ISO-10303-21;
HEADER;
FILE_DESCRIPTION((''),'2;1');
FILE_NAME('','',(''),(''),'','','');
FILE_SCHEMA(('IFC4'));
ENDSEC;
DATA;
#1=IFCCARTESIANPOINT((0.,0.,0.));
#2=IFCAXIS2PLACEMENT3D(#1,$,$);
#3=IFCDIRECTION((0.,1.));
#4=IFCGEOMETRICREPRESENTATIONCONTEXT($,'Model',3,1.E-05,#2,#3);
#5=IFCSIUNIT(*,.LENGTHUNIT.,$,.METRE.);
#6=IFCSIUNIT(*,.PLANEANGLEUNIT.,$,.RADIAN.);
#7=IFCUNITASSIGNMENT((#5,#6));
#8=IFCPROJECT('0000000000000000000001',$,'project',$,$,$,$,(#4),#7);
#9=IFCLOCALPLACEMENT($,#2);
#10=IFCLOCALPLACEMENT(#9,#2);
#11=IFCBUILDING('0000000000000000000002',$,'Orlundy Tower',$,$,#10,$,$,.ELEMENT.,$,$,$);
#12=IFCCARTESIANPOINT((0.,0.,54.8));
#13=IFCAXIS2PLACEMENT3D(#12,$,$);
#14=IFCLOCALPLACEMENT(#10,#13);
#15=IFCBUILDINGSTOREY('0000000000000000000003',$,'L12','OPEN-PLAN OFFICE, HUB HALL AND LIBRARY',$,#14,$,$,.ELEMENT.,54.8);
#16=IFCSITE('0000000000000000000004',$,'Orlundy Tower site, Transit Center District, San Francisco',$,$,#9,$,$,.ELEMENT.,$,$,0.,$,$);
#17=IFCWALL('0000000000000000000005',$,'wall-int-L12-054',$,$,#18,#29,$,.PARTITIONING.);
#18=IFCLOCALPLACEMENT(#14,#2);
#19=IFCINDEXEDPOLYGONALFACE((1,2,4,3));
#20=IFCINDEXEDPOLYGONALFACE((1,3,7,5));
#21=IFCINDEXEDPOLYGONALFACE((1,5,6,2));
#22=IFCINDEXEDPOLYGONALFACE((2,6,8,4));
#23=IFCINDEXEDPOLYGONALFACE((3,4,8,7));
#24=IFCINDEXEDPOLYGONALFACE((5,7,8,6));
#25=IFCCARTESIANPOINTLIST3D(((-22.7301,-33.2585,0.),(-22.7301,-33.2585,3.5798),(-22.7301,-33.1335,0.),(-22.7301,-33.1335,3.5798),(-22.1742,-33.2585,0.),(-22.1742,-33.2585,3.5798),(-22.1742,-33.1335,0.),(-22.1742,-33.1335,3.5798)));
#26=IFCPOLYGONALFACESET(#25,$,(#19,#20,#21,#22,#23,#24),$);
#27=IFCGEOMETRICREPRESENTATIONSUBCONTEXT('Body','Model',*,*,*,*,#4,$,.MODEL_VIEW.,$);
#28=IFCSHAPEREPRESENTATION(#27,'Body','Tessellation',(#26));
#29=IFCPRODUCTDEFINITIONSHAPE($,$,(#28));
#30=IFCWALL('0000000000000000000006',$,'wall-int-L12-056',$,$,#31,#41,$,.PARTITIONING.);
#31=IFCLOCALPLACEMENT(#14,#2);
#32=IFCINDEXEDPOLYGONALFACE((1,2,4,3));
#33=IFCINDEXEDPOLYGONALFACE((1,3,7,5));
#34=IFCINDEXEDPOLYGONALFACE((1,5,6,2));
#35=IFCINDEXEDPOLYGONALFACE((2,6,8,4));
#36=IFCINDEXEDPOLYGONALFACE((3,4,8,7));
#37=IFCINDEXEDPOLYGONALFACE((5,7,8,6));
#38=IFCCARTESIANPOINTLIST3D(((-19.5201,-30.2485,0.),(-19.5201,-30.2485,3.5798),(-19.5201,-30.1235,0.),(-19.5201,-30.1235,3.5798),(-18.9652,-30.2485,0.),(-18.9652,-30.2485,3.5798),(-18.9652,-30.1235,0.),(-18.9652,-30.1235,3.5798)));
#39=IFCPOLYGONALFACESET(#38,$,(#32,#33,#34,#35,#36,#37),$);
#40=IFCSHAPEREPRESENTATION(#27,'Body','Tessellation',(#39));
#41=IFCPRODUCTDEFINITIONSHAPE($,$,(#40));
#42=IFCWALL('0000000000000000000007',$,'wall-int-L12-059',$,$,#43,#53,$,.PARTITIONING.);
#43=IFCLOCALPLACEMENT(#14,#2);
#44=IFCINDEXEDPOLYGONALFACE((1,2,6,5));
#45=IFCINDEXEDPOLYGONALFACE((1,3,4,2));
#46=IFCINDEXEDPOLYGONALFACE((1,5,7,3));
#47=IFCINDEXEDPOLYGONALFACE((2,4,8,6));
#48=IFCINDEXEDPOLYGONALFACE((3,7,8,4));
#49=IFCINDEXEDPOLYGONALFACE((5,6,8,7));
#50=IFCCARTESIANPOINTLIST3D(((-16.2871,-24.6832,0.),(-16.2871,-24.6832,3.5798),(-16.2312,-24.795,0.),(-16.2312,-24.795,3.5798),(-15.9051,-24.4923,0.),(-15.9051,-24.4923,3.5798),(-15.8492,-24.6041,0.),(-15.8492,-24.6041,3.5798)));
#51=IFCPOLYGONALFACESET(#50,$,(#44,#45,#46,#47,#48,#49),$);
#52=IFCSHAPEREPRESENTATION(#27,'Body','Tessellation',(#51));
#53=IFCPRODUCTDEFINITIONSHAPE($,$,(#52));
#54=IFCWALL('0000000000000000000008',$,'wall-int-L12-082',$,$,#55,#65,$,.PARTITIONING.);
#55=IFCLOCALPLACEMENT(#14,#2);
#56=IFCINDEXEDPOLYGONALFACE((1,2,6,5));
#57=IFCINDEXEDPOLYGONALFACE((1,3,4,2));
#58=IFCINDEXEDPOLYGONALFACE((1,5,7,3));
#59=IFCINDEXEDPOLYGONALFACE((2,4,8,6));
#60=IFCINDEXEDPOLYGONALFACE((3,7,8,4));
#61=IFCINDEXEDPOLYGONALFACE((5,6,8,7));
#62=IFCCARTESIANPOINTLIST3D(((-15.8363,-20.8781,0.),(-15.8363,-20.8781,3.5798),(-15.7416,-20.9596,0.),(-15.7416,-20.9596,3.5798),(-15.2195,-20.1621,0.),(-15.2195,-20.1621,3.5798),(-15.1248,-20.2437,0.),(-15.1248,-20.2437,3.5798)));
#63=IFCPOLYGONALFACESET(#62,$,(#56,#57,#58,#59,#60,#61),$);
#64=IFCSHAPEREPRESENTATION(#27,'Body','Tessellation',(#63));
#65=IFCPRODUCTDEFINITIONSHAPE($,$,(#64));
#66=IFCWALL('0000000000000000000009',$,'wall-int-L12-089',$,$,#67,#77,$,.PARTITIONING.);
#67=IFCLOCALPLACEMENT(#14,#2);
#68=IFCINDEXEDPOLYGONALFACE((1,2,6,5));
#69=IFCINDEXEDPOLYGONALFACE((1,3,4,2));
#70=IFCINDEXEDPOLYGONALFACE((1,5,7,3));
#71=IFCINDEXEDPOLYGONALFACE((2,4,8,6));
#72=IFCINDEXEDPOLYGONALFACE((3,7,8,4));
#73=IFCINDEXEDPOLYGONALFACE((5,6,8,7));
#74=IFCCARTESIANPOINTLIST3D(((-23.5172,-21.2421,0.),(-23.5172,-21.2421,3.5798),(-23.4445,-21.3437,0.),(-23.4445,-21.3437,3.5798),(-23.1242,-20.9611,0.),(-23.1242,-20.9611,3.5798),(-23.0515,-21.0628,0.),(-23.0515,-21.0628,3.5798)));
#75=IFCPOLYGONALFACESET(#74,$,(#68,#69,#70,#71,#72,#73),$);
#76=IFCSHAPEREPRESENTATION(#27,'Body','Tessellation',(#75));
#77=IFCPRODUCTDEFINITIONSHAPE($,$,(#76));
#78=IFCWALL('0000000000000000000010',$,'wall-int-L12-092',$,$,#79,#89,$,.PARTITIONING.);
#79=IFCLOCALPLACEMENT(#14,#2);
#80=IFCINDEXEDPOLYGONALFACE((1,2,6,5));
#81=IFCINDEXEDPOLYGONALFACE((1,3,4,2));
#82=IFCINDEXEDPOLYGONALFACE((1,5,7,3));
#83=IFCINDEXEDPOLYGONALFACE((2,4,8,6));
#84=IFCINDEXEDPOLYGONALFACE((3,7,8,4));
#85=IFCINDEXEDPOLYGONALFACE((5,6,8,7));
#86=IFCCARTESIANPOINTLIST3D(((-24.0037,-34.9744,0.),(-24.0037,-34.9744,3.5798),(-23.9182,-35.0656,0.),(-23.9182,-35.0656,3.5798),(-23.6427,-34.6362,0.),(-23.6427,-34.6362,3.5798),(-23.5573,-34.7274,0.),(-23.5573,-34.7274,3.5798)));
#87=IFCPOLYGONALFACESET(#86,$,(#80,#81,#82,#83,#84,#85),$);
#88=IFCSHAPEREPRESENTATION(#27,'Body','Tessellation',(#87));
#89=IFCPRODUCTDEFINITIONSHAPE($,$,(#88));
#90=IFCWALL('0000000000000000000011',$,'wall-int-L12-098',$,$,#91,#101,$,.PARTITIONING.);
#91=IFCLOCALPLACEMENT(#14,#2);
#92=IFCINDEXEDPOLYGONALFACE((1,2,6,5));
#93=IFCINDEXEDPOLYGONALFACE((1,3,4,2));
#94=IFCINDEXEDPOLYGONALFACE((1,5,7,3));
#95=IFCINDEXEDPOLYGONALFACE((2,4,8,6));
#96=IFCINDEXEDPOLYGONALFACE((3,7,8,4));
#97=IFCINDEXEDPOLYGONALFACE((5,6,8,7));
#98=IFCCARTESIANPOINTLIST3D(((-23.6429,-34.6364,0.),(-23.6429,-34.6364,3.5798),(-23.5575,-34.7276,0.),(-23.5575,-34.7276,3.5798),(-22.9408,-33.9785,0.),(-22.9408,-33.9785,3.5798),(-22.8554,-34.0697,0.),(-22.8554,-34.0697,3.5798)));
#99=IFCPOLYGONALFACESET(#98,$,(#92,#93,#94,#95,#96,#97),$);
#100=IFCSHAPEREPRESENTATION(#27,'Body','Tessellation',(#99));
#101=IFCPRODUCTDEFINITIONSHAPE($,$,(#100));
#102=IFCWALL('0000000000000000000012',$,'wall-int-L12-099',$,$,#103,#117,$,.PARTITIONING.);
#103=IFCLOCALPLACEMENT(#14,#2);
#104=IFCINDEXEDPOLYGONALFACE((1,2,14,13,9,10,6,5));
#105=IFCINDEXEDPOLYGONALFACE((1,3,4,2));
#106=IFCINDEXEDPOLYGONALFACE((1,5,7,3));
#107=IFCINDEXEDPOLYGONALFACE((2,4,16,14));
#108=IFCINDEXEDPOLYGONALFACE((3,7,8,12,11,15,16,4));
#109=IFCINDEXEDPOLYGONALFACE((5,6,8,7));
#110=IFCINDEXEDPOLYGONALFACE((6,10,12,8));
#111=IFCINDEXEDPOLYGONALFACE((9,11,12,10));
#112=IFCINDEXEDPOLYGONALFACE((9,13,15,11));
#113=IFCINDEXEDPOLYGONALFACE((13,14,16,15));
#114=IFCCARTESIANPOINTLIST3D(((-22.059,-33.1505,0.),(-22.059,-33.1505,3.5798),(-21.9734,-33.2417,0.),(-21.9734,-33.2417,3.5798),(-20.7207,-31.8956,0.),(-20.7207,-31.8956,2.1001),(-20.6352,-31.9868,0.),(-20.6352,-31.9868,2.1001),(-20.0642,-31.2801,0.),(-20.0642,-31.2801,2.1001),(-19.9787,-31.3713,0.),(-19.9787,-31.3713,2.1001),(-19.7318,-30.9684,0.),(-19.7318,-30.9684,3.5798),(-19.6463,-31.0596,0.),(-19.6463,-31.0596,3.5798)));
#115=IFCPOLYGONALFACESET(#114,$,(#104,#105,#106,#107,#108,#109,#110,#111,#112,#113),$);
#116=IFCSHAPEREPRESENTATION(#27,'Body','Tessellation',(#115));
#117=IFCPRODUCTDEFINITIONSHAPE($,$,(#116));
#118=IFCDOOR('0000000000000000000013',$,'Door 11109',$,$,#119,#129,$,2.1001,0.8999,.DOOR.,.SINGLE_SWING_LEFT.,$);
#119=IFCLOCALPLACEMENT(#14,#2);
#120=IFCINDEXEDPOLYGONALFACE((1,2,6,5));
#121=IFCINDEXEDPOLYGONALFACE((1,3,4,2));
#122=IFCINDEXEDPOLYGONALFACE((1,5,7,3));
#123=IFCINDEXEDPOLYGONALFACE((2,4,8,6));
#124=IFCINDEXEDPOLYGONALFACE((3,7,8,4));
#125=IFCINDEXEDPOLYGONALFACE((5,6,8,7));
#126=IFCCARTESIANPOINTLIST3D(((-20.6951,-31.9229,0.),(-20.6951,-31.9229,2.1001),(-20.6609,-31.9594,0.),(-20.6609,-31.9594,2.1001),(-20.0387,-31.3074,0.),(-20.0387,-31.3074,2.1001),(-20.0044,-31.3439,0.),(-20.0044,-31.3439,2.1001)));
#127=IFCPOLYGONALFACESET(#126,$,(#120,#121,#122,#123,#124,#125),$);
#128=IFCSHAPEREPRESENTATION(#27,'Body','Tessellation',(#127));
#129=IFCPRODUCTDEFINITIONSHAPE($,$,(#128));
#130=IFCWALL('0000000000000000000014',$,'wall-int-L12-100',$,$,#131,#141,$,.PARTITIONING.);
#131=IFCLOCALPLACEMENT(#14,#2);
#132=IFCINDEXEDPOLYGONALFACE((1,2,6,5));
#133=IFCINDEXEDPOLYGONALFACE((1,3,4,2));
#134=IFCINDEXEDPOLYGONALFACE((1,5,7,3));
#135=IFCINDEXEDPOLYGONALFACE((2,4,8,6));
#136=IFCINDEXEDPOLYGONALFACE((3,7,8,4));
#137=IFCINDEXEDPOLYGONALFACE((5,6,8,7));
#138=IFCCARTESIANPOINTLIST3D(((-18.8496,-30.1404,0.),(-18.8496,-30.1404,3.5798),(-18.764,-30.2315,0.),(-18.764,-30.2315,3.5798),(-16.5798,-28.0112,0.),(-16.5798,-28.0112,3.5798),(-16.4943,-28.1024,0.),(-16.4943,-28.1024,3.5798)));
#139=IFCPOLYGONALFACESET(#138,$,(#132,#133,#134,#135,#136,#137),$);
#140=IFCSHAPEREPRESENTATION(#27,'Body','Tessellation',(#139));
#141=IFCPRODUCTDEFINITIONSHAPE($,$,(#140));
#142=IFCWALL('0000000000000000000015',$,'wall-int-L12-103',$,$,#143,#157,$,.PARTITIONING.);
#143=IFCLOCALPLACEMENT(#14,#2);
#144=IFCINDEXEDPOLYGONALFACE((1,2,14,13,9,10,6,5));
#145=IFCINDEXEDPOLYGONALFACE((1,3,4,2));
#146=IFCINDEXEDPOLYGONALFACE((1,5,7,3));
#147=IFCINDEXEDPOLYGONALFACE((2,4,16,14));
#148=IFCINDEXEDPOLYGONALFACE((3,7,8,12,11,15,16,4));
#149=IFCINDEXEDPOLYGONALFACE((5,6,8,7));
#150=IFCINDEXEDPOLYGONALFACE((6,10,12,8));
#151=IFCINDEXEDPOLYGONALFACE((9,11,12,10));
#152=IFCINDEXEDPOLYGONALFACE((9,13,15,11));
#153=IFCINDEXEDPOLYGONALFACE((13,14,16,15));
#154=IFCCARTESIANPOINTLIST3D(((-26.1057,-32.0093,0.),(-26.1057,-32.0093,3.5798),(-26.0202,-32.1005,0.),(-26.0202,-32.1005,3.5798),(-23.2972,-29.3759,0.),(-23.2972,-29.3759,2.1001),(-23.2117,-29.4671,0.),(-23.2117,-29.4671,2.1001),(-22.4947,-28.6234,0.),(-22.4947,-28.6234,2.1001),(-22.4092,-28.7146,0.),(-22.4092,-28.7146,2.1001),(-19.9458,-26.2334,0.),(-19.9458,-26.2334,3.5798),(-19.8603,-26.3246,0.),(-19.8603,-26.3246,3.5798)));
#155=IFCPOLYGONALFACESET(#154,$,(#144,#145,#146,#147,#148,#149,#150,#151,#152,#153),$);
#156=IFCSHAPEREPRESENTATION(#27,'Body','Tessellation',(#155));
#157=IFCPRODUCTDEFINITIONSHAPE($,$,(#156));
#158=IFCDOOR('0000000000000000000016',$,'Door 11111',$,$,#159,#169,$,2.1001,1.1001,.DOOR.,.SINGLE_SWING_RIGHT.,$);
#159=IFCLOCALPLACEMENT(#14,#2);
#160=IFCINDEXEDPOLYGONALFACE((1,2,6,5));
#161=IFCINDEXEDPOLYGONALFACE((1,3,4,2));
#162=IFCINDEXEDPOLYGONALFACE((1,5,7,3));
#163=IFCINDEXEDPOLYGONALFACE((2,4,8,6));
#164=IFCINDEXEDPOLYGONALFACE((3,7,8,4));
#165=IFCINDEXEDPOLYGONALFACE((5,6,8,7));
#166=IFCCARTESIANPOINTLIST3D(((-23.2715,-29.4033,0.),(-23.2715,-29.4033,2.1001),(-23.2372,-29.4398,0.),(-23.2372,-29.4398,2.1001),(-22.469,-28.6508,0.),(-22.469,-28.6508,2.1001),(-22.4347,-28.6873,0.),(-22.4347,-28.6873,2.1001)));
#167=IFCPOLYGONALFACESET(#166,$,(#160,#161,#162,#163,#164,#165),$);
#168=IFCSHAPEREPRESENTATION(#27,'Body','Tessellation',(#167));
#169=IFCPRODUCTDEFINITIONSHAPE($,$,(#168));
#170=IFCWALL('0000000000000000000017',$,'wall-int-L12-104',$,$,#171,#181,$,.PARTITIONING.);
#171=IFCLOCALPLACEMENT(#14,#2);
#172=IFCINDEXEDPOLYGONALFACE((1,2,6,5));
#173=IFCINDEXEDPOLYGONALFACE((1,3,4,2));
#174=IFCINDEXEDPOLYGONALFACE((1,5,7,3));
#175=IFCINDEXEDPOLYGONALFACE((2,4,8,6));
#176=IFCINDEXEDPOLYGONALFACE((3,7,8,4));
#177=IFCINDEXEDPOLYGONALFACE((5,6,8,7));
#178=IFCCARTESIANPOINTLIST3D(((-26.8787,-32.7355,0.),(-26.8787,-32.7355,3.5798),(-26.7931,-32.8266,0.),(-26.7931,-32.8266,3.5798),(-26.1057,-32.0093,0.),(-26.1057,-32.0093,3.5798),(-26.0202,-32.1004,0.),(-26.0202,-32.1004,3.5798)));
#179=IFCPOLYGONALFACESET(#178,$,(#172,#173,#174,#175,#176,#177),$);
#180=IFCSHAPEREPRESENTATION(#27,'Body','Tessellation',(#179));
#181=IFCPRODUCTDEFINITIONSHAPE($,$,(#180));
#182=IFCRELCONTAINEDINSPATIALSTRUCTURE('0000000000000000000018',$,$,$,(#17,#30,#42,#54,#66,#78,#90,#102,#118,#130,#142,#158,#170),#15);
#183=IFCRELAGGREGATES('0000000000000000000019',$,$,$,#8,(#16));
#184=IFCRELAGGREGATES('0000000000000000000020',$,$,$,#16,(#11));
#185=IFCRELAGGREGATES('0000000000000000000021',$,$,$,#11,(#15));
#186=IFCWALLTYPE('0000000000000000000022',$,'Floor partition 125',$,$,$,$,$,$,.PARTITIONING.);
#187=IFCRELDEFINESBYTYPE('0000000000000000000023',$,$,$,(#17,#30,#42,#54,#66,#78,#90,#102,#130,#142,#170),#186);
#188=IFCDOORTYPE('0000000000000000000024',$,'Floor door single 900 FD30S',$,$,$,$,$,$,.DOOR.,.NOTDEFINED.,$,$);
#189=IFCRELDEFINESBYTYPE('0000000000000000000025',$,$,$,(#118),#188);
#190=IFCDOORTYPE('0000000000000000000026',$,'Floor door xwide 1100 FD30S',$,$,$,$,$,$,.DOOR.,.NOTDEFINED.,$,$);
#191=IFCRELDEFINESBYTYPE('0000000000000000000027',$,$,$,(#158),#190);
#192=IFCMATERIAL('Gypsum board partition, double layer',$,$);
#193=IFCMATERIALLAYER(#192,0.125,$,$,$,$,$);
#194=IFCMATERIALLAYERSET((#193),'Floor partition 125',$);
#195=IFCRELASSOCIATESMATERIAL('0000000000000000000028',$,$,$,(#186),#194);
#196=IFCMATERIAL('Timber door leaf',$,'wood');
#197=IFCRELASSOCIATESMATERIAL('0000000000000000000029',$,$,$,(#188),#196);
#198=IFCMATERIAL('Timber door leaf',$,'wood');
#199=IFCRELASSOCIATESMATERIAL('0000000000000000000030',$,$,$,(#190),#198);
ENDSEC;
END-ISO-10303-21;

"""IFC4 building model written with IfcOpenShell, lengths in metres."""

from ifc_helpers import new_model, si_unit, direction, frame, frame_2d, origin, place, context, subcontext, project, spatial, rectangle, extrude, material, layer, layer_set, type_object, element, fill, save


model = new_model("IFC4")

# Units and contexts
model_context = context("Model", 3, precision=1e-05, world=origin(), true_north=direction((0.0, 1.0)))
body_context = subcontext(model_context, "Body", "Model", "MODEL_VIEW")
ifc_project = project(units=[si_unit("LENGTHUNIT", "METRE"), si_unit("PLANEANGLEUNIT", "RADIAN")], contexts=[model_context])

# Site, building, storey
site_placement = place(None, origin())
site = spatial("IfcSite", under=ifc_project, at=site_placement, Name="Orlundy Tower site, Transit Center District, San Francisco", CompositionType="ELEMENT", RefElevation=0.0)
building_placement = place(site_placement, origin())
building = spatial("IfcBuilding", under=site, at=building_placement, Name="Orlundy Tower", CompositionType="ELEMENT")
storey_placement = place(building_placement, frame((0.0, 0.0, 54.8)))
storey = spatial("IfcBuildingStorey", under=building, at=storey_placement, Name="L12", Description="OPEN-PLAN OFFICE, HUB HALL AND LIBRARY", CompositionType="ELEMENT", Elevation=54.8)

# Walls
ifc_material_1 = material(Name="Gypsum board partition, double layer")
ifc_layer_1 = layer(ifc_material_1, 0.125)
ifc_layer_set_1 = layer_set([ifc_layer_1], Name="Floor partition 125")
wall_type_1 = type_object("IfcWallType", Name="Floor partition 125", PredefinedType="PARTITIONING", material=ifc_layer_set_1)
wall_1_placement = place(storey_placement, frame((-22.73, -33.196, 0.0), z_axis=(0.0, 0.0, 1.0), x_axis=(1.0, 0.0, 0.0)))
element("IfcWall", 1, at=wall_1_placement, inside=storey, type_object=wall_type_1, Name="wall-int-L12-054", PredefinedType="PARTITIONING", context=body_context, shape_type="SweptSolid", body=[
    extrude(rectangle(XDim=0.5559, YDim=0.125, at=frame_2d((0.2778, 0.0))), origin(), (0.0, 0.0, 1.0), 3.5798),
])
wall_2_placement = place(storey_placement, frame((-19.52, -30.186, 0.0), z_axis=(0.0, 0.0, 1.0), x_axis=(1.0, 0.0, 0.0)))
element("IfcWall", 2, at=wall_2_placement, inside=storey, type_object=wall_type_1, Name="wall-int-L12-056", PredefinedType="PARTITIONING", context=body_context, shape_type="SweptSolid", body=[
    extrude(rectangle(XDim=0.5549, YDim=0.125, at=frame_2d((0.2773, 0.0))), origin(), (0.0, 0.0, 1.0), 3.5798),
])
wall_3_placement = place(storey_placement, frame((-16.259, -24.739, 0.0), z_axis=(0.0, 0.0, 1.0), x_axis=(0.894541, 0.446985, 0.0)))
element("IfcWall", 3, at=wall_3_placement, inside=storey, type_object=wall_type_1, Name="wall-int-L12-059", PredefinedType="PARTITIONING", context=body_context, shape_type="SweptSolid", body=[
    extrude(rectangle(XDim=0.427, YDim=0.125, at=frame_2d((0.2134, 0.0))), origin(), (0.0, 0.0, 1.0), 3.5798),
])
wall_4_placement = place(storey_placement, frame((-15.7891, -20.9189, 0.0), z_axis=(0.0, 0.0, 1.0), x_axis=(0.652725, 0.757595, 0.0)))
element("IfcWall", 4, at=wall_4_placement, inside=storey, type_object=wall_type_1, Name="wall-int-L12-082", PredefinedType="PARTITIONING", context=body_context, shape_type="SweptSolid", body=[
    extrude(rectangle(XDim=0.9451, YDim=0.125, at=frame_2d((0.4727, 0.0))), origin(), (0.0, 0.0, 1.0), 3.5798),
])
wall_5_placement = place(storey_placement, frame((-23.481, -21.293, 0.0), z_axis=(0.0, 0.0, 1.0), x_axis=(0.813494, 0.581573, 0.0)))
element("IfcWall", 5, at=wall_5_placement, inside=storey, type_object=wall_type_1, Name="wall-int-L12-089", PredefinedType="PARTITIONING", context=body_context, shape_type="SweptSolid", body=[
    extrude(rectangle(XDim=0.4832, YDim=0.125, at=frame_2d((0.2417, 0.0))), origin(), (0.0, 0.0, 1.0), 3.5798),
])
wall_6_placement = place(storey_placement, frame((-23.9609, -35.02, 0.0), z_axis=(0.0, 0.0, 1.0), x_axis=(0.729691, 0.683777, 0.0)))
element("IfcWall", 6, at=wall_6_placement, inside=storey, type_object=wall_type_1, Name="wall-int-L12-092", PredefinedType="PARTITIONING", context=body_context, shape_type="SweptSolid", body=[
    extrude(rectangle(XDim=0.4946, YDim=0.125, at=frame_2d((0.2473, 0.0))), origin(), (0.0, 0.0, 1.0), 3.5798),
])
wall_7_placement = place(storey_placement, frame((-23.6001, -34.6819, 0.0), z_axis=(0.0, 0.0, 1.0), x_axis=(0.729695, 0.683772, 0.0)))
element("IfcWall", 7, at=wall_7_placement, inside=storey, type_object=wall_type_1, Name="wall-int-L12-098", PredefinedType="PARTITIONING", context=body_context, shape_type="SweptSolid", body=[
    extrude(rectangle(XDim=0.9622, YDim=0.125, at=frame_2d((0.481, 0.0))), origin(), (0.0, 0.0, 1.0), 3.5798),
])

# Wall, opening, door
wall_8_placement = place(storey_placement, frame((-19.689, -31.0139, 0.0), z_axis=(0.0, 0.0, 1.0), x_axis=(-0.72947, -0.684012, 0.0)))
wall_8 = element("IfcWall", 8, at=wall_8_placement, inside=storey, type_object=wall_type_1, Name="wall-int-L12-099", PredefinedType="PARTITIONING", context=body_context, shape_type="SweptSolid", body=[
    extrude(rectangle(XDim=3.1902, YDim=0.125, at=frame_2d((1.5952, 0.0))), origin(), (0.0, 0.0, 1.0), 3.5798),
])
opening_1_placement = place(wall_8_placement, frame((0.4558, 0.0, 0.0)))
opening_1 = element("IfcOpeningElement", 9, at=opening_1_placement, cuts=wall_8, PredefinedType="OPENING", context=body_context, shape_type="SweptSolid", body=[
    extrude(rectangle(XDim=0.8999, YDim=2.1001, at=frame_2d((0.45, 1.05))), frame((0.0, 0.0725, 0.0), z_axis=(0.0, -1.0, 0.0), x_axis=(1.0, 0.0, 0.0)), (0.0, 0.0, 1.0), 0.145),
])
ifc_material_2 = material(Name="Timber door leaf", Category="wood")
door_type_1 = type_object("IfcDoorType", Name="Floor door single 900 FD30S", OperationType="NOTDEFINED", PredefinedType="DOOR", material=ifc_material_2)
door_1_placement = place(opening_1_placement, origin())
door_1 = element("IfcDoor", 10, at=door_1_placement, inside=storey, type_object=door_type_1, Name="Door 11109", OperationType="SINGLE_SWING_LEFT", OverallHeight=2.1001, OverallWidth=0.8999, PredefinedType="DOOR", context=body_context, shape_type="SweptSolid", body=[
    extrude(rectangle(XDim=0.8999, YDim=2.1001, at=frame_2d((0.45, 1.05))), frame((0.0, 0.0249, 0.0), z_axis=(0.0, -1.0, 0.0), x_axis=(1.0, 0.0, 0.0)), (0.0, 0.0, 1.0), 0.05),
])
fill(opening_1, door_1)

# Wall
wall_9_placement = place(storey_placement, frame((-18.8069, -30.186, 0.0), z_axis=(0.0, 0.0, 1.0), x_axis=(0.729339, 0.684152, 0.0)))
element("IfcWall", 11, at=wall_9_placement, inside=storey, type_object=wall_type_1, Name="wall-int-L12-100", PredefinedType="PARTITIONING", context=body_context, shape_type="SweptSolid", body=[
    extrude(rectangle(XDim=3.1121, YDim=0.125, at=frame_2d((1.5562, 0.0))), origin(), (0.0, 0.0, 1.0), 3.5798),
])

# Wall, opening, door
wall_10_placement = place(storey_placement, frame((-26.063, -32.0549, 0.0), z_axis=(0.0, 0.0, 1.0), x_axis=(0.72948, 0.684002, 0.0)))
wall_10 = element("IfcWall", 12, at=wall_10_placement, inside=storey, type_object=wall_type_1, Name="wall-int-L12-103", PredefinedType="PARTITIONING", context=body_context, shape_type="SweptSolid", body=[
    extrude(rectangle(XDim=8.4443, YDim=0.125, at=frame_2d((4.2222, 0.0))), origin(), (0.0, 0.0, 1.0), 3.5798),
])
opening_2_placement = place(wall_10_placement, frame((3.8501, 0.0, 0.0)))
opening_2 = element("IfcOpeningElement", 13, at=opening_2_placement, cuts=wall_10, PredefinedType="OPENING", context=body_context, shape_type="SweptSolid", body=[
    extrude(rectangle(XDim=1.1001, YDim=2.1001, at=frame_2d((0.55, 1.05))), frame((0.0, 0.0725, 0.0), z_axis=(0.0, -1.0, 0.0), x_axis=(1.0, 0.0, 0.0)), (0.0, 0.0, 1.0), 0.145),
])
ifc_material_3 = material(Name="Timber door leaf", Category="wood")
door_type_2 = type_object("IfcDoorType", Name="Floor door xwide 1100 FD30S", OperationType="NOTDEFINED", PredefinedType="DOOR", material=ifc_material_3)
door_2_placement = place(opening_2_placement, origin())
door_2 = element("IfcDoor", 14, at=door_2_placement, inside=storey, type_object=door_type_2, Name="Door 11111", OperationType="SINGLE_SWING_RIGHT", OverallHeight=2.1001, OverallWidth=1.1001, PredefinedType="DOOR", context=body_context, shape_type="SweptSolid", body=[
    extrude(rectangle(XDim=1.1001, YDim=2.1001, at=frame_2d((0.55, 1.05))), frame((0.0, 0.0249, 0.0), z_axis=(0.0, -1.0, 0.0), x_axis=(1.0, 0.0, 0.0)), (0.0, 0.0, 1.0), 0.05),
])
fill(opening_2, door_2)

# Wall
wall_11_placement = place(storey_placement, frame((-26.8359, -32.781, 0.0), z_axis=(0.0, 0.0, 1.0), x_axis=(0.728862, 0.684661, 0.0)))
element("IfcWall", 15, at=wall_11_placement, inside=storey, type_object=wall_type_1, Name="wall-int-L12-104", PredefinedType="PARTITIONING", context=body_context, shape_type="SweptSolid", body=[
    extrude(rectangle(XDim=1.0605, YDim=0.125, at=frame_2d((0.5303, 0.0))), origin(), (0.0, 0.0, 1.0), 3.5798),
])

save(model, "model.ifc")
